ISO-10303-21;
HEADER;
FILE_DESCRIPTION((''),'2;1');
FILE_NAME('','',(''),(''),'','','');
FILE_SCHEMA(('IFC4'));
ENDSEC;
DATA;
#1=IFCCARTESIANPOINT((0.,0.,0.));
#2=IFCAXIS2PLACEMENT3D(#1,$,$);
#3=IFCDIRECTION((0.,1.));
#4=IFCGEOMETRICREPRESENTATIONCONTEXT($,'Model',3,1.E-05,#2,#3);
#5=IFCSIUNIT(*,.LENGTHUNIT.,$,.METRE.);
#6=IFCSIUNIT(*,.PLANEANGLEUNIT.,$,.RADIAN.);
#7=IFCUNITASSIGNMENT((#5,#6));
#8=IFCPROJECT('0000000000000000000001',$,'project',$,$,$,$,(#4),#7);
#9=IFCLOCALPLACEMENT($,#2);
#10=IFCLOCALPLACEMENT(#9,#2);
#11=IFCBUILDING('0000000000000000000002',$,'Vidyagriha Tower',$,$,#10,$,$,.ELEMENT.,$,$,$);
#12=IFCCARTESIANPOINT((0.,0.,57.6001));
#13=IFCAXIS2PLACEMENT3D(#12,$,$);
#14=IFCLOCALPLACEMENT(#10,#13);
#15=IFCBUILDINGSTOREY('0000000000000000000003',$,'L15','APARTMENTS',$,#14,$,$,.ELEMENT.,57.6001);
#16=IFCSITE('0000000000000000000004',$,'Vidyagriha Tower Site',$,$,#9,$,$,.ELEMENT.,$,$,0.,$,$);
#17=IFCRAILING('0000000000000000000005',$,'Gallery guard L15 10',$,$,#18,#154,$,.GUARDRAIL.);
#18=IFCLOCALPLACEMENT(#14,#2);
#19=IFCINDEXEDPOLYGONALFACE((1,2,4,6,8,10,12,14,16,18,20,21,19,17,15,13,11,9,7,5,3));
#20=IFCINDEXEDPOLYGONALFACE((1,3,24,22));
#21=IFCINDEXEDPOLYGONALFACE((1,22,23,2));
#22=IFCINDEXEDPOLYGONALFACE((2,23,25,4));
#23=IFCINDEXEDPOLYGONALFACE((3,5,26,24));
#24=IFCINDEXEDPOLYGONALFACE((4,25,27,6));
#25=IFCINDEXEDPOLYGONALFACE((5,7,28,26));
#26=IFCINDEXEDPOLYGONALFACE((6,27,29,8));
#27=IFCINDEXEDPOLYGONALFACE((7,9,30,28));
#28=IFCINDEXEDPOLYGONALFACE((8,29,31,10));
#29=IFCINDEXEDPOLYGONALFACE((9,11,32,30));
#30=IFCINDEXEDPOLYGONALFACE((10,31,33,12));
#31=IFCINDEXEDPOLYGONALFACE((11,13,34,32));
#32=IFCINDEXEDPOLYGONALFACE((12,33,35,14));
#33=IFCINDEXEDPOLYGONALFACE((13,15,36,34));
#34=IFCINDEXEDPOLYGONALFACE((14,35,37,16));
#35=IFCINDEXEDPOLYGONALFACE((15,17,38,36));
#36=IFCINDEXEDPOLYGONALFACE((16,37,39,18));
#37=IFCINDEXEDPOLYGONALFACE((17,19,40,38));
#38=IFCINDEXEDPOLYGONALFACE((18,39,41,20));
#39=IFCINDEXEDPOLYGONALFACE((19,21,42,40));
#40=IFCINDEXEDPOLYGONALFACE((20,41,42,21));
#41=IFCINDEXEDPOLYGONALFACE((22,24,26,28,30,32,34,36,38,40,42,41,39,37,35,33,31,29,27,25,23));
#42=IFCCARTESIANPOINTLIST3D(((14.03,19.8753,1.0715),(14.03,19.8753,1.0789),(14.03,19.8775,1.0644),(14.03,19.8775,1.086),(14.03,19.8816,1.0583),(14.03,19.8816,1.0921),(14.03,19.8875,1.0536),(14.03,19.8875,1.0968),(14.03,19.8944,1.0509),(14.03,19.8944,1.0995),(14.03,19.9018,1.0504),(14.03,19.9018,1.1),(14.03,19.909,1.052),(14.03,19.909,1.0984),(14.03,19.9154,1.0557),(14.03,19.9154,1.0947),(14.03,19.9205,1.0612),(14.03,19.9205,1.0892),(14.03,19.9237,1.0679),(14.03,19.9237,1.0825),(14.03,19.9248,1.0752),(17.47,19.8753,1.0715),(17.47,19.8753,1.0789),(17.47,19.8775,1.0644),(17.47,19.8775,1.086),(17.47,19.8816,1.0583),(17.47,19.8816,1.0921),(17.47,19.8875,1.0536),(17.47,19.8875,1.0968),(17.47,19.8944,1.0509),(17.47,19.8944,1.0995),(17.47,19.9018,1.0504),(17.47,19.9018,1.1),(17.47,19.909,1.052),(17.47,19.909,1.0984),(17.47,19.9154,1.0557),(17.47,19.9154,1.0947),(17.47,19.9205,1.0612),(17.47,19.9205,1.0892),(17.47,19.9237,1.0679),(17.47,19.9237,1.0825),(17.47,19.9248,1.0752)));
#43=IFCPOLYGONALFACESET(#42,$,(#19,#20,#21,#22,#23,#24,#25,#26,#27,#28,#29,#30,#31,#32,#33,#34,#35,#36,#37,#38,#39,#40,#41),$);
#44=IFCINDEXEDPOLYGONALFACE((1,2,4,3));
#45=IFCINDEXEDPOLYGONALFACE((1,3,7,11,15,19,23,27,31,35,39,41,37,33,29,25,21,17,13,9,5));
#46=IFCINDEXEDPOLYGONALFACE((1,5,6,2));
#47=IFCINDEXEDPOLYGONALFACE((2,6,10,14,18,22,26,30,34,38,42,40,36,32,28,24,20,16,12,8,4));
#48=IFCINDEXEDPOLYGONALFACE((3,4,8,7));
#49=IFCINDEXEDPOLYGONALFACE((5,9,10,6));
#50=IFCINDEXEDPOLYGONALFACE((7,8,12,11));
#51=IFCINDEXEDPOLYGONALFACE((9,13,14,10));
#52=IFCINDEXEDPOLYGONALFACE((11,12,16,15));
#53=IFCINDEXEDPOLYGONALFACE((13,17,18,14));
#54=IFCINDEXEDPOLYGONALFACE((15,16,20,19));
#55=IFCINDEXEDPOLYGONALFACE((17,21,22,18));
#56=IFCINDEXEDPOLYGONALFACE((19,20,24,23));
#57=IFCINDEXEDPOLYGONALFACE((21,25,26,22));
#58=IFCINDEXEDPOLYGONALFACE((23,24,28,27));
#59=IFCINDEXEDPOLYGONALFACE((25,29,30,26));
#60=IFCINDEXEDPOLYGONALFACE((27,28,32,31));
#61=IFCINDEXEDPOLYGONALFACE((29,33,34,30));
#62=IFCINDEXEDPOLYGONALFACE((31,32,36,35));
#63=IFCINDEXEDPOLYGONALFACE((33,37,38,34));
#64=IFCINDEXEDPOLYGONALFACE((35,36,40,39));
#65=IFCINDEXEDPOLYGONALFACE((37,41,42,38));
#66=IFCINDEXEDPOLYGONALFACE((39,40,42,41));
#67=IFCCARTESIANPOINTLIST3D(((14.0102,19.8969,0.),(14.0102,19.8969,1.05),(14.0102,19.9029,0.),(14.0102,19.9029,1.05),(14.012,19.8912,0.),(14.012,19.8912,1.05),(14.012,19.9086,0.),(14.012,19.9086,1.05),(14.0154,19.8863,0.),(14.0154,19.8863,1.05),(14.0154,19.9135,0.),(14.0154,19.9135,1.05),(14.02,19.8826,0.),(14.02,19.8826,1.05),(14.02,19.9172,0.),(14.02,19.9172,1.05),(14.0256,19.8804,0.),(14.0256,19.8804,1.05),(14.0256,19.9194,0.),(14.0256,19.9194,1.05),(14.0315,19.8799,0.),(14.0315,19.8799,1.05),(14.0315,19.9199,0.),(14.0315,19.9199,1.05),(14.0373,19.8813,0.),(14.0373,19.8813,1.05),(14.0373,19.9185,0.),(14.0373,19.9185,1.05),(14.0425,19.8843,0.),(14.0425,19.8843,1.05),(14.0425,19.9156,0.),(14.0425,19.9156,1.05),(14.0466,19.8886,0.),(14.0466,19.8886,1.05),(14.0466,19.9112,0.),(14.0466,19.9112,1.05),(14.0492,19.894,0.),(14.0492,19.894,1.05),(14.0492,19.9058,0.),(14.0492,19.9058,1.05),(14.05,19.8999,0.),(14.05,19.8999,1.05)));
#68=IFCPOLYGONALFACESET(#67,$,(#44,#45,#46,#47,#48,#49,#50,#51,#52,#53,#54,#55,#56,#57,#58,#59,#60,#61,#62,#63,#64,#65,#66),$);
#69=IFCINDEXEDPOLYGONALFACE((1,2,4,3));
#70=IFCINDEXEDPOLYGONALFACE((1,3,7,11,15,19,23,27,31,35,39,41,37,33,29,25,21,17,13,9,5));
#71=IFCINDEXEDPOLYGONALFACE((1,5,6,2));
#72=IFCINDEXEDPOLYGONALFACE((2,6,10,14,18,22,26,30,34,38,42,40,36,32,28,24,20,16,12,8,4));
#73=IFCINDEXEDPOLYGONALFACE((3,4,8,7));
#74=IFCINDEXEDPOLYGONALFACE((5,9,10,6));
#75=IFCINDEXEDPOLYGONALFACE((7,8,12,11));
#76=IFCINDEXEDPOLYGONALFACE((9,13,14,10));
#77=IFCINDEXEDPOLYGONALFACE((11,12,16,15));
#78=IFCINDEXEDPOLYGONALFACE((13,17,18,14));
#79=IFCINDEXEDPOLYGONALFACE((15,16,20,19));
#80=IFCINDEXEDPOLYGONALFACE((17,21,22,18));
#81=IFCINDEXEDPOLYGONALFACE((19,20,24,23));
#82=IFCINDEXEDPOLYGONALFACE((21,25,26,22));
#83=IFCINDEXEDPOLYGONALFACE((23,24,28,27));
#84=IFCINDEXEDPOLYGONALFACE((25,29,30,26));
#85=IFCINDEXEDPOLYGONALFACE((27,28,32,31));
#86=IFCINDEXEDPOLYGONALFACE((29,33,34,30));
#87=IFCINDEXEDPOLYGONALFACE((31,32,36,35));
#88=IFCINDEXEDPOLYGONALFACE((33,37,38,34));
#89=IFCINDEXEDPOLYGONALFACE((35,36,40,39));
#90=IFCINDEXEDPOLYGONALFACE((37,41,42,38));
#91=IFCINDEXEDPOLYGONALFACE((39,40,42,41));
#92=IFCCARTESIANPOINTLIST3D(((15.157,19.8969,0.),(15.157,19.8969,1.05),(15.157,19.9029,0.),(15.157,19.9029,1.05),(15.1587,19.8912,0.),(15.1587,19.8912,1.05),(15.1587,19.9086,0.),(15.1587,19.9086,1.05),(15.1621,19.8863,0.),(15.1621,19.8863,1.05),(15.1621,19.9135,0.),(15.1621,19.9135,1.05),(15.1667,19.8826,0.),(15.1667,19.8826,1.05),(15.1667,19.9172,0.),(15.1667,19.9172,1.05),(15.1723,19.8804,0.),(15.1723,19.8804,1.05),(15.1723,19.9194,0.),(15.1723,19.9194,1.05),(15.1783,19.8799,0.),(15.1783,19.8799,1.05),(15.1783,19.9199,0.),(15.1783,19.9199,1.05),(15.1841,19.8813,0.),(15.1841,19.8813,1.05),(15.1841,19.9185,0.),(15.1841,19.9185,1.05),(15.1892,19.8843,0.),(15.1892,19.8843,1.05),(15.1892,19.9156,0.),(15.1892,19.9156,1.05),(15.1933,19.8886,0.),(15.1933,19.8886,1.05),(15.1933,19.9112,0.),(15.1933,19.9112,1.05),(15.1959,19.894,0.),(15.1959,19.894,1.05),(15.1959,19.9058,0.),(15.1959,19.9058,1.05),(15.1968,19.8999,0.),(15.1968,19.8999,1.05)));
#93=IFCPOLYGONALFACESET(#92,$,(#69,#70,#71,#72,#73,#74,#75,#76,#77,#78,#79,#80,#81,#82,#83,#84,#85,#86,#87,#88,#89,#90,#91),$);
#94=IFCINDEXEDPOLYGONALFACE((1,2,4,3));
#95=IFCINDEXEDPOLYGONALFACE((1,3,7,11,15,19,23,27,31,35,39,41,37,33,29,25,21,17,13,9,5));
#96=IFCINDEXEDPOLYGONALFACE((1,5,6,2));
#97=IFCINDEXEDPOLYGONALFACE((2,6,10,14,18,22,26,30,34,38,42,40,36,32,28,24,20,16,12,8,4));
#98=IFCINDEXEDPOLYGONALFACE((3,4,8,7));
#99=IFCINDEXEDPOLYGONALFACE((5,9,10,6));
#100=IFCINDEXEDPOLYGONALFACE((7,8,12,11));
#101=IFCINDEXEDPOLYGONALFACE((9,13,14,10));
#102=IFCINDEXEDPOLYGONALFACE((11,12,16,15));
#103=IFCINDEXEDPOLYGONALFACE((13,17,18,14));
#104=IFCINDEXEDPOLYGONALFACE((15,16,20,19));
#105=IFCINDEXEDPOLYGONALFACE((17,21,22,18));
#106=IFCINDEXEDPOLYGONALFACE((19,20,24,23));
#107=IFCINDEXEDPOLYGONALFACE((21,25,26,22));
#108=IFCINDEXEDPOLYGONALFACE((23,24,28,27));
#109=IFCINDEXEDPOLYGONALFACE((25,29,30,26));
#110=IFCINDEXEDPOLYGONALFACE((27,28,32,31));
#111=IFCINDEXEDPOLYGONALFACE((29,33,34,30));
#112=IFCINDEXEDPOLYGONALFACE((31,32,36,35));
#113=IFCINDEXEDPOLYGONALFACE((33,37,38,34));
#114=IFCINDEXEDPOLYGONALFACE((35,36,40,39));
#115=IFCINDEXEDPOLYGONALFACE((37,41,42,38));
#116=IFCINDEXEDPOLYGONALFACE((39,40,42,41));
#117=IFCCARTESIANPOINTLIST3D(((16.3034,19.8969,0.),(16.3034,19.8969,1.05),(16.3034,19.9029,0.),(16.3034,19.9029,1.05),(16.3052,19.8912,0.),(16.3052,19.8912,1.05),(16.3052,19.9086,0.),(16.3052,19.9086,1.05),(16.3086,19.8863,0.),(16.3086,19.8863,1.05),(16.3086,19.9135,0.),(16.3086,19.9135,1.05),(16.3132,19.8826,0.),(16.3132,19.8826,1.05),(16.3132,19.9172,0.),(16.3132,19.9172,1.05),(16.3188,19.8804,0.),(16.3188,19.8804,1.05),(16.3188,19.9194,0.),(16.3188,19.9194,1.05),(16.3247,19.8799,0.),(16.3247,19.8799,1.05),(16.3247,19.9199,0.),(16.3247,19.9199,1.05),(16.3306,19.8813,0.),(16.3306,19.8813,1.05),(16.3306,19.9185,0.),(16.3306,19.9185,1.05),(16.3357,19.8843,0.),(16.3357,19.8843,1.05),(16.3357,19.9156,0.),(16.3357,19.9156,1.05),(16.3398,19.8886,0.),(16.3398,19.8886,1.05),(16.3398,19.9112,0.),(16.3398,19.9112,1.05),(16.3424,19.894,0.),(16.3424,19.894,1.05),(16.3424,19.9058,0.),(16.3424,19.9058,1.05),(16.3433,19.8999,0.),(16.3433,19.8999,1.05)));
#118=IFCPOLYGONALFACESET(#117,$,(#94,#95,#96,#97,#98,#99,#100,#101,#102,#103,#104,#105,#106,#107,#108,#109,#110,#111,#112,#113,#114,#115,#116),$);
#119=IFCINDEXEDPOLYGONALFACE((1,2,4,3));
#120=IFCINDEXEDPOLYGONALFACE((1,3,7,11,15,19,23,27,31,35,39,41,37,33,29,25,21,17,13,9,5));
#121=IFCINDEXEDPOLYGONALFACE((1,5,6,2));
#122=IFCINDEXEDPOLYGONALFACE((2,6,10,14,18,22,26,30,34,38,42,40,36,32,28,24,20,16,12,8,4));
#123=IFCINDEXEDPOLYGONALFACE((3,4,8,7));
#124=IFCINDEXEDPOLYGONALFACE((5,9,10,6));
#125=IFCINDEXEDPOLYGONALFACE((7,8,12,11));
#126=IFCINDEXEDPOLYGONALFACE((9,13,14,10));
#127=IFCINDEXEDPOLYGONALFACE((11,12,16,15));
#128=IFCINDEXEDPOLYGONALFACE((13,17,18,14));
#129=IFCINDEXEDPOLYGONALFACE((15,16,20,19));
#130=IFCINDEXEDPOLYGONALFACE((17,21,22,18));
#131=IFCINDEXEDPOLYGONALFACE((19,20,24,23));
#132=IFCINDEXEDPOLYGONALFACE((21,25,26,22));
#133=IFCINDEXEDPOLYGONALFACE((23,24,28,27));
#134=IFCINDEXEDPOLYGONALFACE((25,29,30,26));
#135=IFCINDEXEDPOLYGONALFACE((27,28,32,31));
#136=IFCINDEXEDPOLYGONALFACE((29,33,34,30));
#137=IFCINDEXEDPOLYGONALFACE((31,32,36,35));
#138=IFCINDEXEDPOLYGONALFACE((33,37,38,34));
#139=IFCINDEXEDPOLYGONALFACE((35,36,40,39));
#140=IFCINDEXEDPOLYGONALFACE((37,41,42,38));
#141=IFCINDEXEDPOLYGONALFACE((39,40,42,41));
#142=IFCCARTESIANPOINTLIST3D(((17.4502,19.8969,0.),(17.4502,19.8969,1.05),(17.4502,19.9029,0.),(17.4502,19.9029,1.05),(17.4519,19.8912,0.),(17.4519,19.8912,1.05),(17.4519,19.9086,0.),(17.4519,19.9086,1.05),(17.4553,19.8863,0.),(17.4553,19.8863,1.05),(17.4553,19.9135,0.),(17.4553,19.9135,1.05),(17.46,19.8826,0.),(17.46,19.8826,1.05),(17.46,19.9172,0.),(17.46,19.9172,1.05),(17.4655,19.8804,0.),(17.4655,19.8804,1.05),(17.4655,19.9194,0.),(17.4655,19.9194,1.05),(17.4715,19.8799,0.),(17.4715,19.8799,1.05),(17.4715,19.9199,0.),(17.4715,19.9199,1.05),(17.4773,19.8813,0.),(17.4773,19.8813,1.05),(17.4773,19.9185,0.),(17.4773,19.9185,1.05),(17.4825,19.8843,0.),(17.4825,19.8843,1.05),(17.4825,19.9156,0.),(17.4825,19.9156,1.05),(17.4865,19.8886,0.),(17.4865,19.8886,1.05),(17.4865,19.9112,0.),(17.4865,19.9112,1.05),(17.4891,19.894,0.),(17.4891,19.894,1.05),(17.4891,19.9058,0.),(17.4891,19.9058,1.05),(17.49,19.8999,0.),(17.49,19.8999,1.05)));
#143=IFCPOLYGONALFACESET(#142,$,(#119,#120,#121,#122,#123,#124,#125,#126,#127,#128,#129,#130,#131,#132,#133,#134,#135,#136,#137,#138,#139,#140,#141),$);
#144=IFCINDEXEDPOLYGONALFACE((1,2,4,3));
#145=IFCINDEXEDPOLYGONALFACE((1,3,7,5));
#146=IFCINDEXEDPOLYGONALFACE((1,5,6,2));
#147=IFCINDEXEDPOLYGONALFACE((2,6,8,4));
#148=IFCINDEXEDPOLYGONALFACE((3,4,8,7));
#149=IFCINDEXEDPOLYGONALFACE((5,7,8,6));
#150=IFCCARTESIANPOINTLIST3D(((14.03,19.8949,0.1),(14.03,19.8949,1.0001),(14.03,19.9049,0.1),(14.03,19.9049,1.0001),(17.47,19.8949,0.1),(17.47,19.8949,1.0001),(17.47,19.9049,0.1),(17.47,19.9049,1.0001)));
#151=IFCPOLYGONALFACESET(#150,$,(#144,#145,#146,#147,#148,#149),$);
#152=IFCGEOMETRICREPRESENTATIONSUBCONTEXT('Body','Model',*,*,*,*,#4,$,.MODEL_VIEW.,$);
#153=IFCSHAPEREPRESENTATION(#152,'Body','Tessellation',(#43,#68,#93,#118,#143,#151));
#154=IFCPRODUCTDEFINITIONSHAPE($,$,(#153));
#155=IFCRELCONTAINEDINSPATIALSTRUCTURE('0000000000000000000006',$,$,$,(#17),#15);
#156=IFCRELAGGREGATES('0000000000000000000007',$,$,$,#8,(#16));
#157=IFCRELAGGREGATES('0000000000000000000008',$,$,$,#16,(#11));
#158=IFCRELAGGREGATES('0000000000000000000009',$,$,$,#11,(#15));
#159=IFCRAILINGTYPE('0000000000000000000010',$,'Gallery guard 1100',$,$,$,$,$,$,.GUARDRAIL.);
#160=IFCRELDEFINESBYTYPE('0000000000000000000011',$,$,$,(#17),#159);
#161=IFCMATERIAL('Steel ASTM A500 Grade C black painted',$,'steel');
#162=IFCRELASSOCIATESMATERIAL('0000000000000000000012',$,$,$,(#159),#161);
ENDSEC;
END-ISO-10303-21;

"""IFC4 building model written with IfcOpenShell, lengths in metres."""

from ifc_helpers import new_model, si_unit, direction, frame, origin, origin_2d, place, context, subcontext, project, spatial, rectangle, circle, extrude, material, type_object, element, save


model = new_model("IFC4")

# Units and contexts
model_context = context("Model", 3, precision=1e-05, world=origin(), true_north=direction((0.0, 1.0)))
body_context = subcontext(model_context, "Body", "Model", "MODEL_VIEW")
ifc_project = project(units=[si_unit("LENGTHUNIT", "METRE"), si_unit("PLANEANGLEUNIT", "RADIAN")], contexts=[model_context])

# Site, building, storey
site_placement = place(None, origin())
site = spatial("IfcSite", under=ifc_project, at=site_placement, Name="Vidyagriha Tower Site", CompositionType="ELEMENT", RefElevation=0.0)
building_placement = place(site_placement, origin())
building = spatial("IfcBuilding", under=site, at=building_placement, Name="Vidyagriha Tower", CompositionType="ELEMENT")
storey_placement = place(building_placement, frame((0.0, 0.0, 57.6001)))
storey = spatial("IfcBuildingStorey", under=building, at=storey_placement, Name="L15", Description="APARTMENTS", CompositionType="ELEMENT", Elevation=57.6001)

# Railing
ifc_material_1 = material(Name="Steel ASTM A500 Grade C black painted", Category="steel")
railing_type_1 = type_object("IfcRailingType", Name="Gallery guard 1100", PredefinedType="GUARDRAIL", material=ifc_material_1)
railing_1_placement = place(storey_placement, frame((14.03, 19.8999, 0.0)))
element("IfcRailing", 1, at=railing_1_placement, inside=storey, type_object=railing_type_1, Name="Gallery guard L15 10", PredefinedType="GUARDRAIL", context=body_context, shape_type="SweptSolid", body=[
    extrude(circle(Radius=0.0249, at=origin_2d()), frame((0.0, 0.0, 1.0752), z_axis=(1.0, 0.0, 0.0), x_axis=(0.0, 1.0, 0.0)), (0.0, 0.0, 1.0), 3.4399),
    extrude(circle(Radius=0.02, at=origin_2d()), origin(), (0.0, 0.0, 1.0), 1.05),
    extrude(circle(Radius=0.02, at=origin_2d()), frame((1.1467, 0.0, 0.0)), (0.0, 0.0, 1.0), 1.05),
    extrude(circle(Radius=0.02, at=origin_2d()), frame((2.2932, 0.0, 0.0)), (0.0, 0.0, 1.0), 1.05),
    extrude(circle(Radius=0.02, at=origin_2d()), frame((3.4399, 0.0, 0.0)), (0.0, 0.0, 1.0), 1.05),
    extrude(rectangle(XDim=0.01, YDim=0.9001, at=origin_2d()), frame((0.0, 0.0, 0.55), z_axis=(1.0, 0.0, 0.0), x_axis=(0.0, 1.0, 0.0)), (0.0, 0.0, 1.0), 3.4399),
])

save(model, "model.ifc")
